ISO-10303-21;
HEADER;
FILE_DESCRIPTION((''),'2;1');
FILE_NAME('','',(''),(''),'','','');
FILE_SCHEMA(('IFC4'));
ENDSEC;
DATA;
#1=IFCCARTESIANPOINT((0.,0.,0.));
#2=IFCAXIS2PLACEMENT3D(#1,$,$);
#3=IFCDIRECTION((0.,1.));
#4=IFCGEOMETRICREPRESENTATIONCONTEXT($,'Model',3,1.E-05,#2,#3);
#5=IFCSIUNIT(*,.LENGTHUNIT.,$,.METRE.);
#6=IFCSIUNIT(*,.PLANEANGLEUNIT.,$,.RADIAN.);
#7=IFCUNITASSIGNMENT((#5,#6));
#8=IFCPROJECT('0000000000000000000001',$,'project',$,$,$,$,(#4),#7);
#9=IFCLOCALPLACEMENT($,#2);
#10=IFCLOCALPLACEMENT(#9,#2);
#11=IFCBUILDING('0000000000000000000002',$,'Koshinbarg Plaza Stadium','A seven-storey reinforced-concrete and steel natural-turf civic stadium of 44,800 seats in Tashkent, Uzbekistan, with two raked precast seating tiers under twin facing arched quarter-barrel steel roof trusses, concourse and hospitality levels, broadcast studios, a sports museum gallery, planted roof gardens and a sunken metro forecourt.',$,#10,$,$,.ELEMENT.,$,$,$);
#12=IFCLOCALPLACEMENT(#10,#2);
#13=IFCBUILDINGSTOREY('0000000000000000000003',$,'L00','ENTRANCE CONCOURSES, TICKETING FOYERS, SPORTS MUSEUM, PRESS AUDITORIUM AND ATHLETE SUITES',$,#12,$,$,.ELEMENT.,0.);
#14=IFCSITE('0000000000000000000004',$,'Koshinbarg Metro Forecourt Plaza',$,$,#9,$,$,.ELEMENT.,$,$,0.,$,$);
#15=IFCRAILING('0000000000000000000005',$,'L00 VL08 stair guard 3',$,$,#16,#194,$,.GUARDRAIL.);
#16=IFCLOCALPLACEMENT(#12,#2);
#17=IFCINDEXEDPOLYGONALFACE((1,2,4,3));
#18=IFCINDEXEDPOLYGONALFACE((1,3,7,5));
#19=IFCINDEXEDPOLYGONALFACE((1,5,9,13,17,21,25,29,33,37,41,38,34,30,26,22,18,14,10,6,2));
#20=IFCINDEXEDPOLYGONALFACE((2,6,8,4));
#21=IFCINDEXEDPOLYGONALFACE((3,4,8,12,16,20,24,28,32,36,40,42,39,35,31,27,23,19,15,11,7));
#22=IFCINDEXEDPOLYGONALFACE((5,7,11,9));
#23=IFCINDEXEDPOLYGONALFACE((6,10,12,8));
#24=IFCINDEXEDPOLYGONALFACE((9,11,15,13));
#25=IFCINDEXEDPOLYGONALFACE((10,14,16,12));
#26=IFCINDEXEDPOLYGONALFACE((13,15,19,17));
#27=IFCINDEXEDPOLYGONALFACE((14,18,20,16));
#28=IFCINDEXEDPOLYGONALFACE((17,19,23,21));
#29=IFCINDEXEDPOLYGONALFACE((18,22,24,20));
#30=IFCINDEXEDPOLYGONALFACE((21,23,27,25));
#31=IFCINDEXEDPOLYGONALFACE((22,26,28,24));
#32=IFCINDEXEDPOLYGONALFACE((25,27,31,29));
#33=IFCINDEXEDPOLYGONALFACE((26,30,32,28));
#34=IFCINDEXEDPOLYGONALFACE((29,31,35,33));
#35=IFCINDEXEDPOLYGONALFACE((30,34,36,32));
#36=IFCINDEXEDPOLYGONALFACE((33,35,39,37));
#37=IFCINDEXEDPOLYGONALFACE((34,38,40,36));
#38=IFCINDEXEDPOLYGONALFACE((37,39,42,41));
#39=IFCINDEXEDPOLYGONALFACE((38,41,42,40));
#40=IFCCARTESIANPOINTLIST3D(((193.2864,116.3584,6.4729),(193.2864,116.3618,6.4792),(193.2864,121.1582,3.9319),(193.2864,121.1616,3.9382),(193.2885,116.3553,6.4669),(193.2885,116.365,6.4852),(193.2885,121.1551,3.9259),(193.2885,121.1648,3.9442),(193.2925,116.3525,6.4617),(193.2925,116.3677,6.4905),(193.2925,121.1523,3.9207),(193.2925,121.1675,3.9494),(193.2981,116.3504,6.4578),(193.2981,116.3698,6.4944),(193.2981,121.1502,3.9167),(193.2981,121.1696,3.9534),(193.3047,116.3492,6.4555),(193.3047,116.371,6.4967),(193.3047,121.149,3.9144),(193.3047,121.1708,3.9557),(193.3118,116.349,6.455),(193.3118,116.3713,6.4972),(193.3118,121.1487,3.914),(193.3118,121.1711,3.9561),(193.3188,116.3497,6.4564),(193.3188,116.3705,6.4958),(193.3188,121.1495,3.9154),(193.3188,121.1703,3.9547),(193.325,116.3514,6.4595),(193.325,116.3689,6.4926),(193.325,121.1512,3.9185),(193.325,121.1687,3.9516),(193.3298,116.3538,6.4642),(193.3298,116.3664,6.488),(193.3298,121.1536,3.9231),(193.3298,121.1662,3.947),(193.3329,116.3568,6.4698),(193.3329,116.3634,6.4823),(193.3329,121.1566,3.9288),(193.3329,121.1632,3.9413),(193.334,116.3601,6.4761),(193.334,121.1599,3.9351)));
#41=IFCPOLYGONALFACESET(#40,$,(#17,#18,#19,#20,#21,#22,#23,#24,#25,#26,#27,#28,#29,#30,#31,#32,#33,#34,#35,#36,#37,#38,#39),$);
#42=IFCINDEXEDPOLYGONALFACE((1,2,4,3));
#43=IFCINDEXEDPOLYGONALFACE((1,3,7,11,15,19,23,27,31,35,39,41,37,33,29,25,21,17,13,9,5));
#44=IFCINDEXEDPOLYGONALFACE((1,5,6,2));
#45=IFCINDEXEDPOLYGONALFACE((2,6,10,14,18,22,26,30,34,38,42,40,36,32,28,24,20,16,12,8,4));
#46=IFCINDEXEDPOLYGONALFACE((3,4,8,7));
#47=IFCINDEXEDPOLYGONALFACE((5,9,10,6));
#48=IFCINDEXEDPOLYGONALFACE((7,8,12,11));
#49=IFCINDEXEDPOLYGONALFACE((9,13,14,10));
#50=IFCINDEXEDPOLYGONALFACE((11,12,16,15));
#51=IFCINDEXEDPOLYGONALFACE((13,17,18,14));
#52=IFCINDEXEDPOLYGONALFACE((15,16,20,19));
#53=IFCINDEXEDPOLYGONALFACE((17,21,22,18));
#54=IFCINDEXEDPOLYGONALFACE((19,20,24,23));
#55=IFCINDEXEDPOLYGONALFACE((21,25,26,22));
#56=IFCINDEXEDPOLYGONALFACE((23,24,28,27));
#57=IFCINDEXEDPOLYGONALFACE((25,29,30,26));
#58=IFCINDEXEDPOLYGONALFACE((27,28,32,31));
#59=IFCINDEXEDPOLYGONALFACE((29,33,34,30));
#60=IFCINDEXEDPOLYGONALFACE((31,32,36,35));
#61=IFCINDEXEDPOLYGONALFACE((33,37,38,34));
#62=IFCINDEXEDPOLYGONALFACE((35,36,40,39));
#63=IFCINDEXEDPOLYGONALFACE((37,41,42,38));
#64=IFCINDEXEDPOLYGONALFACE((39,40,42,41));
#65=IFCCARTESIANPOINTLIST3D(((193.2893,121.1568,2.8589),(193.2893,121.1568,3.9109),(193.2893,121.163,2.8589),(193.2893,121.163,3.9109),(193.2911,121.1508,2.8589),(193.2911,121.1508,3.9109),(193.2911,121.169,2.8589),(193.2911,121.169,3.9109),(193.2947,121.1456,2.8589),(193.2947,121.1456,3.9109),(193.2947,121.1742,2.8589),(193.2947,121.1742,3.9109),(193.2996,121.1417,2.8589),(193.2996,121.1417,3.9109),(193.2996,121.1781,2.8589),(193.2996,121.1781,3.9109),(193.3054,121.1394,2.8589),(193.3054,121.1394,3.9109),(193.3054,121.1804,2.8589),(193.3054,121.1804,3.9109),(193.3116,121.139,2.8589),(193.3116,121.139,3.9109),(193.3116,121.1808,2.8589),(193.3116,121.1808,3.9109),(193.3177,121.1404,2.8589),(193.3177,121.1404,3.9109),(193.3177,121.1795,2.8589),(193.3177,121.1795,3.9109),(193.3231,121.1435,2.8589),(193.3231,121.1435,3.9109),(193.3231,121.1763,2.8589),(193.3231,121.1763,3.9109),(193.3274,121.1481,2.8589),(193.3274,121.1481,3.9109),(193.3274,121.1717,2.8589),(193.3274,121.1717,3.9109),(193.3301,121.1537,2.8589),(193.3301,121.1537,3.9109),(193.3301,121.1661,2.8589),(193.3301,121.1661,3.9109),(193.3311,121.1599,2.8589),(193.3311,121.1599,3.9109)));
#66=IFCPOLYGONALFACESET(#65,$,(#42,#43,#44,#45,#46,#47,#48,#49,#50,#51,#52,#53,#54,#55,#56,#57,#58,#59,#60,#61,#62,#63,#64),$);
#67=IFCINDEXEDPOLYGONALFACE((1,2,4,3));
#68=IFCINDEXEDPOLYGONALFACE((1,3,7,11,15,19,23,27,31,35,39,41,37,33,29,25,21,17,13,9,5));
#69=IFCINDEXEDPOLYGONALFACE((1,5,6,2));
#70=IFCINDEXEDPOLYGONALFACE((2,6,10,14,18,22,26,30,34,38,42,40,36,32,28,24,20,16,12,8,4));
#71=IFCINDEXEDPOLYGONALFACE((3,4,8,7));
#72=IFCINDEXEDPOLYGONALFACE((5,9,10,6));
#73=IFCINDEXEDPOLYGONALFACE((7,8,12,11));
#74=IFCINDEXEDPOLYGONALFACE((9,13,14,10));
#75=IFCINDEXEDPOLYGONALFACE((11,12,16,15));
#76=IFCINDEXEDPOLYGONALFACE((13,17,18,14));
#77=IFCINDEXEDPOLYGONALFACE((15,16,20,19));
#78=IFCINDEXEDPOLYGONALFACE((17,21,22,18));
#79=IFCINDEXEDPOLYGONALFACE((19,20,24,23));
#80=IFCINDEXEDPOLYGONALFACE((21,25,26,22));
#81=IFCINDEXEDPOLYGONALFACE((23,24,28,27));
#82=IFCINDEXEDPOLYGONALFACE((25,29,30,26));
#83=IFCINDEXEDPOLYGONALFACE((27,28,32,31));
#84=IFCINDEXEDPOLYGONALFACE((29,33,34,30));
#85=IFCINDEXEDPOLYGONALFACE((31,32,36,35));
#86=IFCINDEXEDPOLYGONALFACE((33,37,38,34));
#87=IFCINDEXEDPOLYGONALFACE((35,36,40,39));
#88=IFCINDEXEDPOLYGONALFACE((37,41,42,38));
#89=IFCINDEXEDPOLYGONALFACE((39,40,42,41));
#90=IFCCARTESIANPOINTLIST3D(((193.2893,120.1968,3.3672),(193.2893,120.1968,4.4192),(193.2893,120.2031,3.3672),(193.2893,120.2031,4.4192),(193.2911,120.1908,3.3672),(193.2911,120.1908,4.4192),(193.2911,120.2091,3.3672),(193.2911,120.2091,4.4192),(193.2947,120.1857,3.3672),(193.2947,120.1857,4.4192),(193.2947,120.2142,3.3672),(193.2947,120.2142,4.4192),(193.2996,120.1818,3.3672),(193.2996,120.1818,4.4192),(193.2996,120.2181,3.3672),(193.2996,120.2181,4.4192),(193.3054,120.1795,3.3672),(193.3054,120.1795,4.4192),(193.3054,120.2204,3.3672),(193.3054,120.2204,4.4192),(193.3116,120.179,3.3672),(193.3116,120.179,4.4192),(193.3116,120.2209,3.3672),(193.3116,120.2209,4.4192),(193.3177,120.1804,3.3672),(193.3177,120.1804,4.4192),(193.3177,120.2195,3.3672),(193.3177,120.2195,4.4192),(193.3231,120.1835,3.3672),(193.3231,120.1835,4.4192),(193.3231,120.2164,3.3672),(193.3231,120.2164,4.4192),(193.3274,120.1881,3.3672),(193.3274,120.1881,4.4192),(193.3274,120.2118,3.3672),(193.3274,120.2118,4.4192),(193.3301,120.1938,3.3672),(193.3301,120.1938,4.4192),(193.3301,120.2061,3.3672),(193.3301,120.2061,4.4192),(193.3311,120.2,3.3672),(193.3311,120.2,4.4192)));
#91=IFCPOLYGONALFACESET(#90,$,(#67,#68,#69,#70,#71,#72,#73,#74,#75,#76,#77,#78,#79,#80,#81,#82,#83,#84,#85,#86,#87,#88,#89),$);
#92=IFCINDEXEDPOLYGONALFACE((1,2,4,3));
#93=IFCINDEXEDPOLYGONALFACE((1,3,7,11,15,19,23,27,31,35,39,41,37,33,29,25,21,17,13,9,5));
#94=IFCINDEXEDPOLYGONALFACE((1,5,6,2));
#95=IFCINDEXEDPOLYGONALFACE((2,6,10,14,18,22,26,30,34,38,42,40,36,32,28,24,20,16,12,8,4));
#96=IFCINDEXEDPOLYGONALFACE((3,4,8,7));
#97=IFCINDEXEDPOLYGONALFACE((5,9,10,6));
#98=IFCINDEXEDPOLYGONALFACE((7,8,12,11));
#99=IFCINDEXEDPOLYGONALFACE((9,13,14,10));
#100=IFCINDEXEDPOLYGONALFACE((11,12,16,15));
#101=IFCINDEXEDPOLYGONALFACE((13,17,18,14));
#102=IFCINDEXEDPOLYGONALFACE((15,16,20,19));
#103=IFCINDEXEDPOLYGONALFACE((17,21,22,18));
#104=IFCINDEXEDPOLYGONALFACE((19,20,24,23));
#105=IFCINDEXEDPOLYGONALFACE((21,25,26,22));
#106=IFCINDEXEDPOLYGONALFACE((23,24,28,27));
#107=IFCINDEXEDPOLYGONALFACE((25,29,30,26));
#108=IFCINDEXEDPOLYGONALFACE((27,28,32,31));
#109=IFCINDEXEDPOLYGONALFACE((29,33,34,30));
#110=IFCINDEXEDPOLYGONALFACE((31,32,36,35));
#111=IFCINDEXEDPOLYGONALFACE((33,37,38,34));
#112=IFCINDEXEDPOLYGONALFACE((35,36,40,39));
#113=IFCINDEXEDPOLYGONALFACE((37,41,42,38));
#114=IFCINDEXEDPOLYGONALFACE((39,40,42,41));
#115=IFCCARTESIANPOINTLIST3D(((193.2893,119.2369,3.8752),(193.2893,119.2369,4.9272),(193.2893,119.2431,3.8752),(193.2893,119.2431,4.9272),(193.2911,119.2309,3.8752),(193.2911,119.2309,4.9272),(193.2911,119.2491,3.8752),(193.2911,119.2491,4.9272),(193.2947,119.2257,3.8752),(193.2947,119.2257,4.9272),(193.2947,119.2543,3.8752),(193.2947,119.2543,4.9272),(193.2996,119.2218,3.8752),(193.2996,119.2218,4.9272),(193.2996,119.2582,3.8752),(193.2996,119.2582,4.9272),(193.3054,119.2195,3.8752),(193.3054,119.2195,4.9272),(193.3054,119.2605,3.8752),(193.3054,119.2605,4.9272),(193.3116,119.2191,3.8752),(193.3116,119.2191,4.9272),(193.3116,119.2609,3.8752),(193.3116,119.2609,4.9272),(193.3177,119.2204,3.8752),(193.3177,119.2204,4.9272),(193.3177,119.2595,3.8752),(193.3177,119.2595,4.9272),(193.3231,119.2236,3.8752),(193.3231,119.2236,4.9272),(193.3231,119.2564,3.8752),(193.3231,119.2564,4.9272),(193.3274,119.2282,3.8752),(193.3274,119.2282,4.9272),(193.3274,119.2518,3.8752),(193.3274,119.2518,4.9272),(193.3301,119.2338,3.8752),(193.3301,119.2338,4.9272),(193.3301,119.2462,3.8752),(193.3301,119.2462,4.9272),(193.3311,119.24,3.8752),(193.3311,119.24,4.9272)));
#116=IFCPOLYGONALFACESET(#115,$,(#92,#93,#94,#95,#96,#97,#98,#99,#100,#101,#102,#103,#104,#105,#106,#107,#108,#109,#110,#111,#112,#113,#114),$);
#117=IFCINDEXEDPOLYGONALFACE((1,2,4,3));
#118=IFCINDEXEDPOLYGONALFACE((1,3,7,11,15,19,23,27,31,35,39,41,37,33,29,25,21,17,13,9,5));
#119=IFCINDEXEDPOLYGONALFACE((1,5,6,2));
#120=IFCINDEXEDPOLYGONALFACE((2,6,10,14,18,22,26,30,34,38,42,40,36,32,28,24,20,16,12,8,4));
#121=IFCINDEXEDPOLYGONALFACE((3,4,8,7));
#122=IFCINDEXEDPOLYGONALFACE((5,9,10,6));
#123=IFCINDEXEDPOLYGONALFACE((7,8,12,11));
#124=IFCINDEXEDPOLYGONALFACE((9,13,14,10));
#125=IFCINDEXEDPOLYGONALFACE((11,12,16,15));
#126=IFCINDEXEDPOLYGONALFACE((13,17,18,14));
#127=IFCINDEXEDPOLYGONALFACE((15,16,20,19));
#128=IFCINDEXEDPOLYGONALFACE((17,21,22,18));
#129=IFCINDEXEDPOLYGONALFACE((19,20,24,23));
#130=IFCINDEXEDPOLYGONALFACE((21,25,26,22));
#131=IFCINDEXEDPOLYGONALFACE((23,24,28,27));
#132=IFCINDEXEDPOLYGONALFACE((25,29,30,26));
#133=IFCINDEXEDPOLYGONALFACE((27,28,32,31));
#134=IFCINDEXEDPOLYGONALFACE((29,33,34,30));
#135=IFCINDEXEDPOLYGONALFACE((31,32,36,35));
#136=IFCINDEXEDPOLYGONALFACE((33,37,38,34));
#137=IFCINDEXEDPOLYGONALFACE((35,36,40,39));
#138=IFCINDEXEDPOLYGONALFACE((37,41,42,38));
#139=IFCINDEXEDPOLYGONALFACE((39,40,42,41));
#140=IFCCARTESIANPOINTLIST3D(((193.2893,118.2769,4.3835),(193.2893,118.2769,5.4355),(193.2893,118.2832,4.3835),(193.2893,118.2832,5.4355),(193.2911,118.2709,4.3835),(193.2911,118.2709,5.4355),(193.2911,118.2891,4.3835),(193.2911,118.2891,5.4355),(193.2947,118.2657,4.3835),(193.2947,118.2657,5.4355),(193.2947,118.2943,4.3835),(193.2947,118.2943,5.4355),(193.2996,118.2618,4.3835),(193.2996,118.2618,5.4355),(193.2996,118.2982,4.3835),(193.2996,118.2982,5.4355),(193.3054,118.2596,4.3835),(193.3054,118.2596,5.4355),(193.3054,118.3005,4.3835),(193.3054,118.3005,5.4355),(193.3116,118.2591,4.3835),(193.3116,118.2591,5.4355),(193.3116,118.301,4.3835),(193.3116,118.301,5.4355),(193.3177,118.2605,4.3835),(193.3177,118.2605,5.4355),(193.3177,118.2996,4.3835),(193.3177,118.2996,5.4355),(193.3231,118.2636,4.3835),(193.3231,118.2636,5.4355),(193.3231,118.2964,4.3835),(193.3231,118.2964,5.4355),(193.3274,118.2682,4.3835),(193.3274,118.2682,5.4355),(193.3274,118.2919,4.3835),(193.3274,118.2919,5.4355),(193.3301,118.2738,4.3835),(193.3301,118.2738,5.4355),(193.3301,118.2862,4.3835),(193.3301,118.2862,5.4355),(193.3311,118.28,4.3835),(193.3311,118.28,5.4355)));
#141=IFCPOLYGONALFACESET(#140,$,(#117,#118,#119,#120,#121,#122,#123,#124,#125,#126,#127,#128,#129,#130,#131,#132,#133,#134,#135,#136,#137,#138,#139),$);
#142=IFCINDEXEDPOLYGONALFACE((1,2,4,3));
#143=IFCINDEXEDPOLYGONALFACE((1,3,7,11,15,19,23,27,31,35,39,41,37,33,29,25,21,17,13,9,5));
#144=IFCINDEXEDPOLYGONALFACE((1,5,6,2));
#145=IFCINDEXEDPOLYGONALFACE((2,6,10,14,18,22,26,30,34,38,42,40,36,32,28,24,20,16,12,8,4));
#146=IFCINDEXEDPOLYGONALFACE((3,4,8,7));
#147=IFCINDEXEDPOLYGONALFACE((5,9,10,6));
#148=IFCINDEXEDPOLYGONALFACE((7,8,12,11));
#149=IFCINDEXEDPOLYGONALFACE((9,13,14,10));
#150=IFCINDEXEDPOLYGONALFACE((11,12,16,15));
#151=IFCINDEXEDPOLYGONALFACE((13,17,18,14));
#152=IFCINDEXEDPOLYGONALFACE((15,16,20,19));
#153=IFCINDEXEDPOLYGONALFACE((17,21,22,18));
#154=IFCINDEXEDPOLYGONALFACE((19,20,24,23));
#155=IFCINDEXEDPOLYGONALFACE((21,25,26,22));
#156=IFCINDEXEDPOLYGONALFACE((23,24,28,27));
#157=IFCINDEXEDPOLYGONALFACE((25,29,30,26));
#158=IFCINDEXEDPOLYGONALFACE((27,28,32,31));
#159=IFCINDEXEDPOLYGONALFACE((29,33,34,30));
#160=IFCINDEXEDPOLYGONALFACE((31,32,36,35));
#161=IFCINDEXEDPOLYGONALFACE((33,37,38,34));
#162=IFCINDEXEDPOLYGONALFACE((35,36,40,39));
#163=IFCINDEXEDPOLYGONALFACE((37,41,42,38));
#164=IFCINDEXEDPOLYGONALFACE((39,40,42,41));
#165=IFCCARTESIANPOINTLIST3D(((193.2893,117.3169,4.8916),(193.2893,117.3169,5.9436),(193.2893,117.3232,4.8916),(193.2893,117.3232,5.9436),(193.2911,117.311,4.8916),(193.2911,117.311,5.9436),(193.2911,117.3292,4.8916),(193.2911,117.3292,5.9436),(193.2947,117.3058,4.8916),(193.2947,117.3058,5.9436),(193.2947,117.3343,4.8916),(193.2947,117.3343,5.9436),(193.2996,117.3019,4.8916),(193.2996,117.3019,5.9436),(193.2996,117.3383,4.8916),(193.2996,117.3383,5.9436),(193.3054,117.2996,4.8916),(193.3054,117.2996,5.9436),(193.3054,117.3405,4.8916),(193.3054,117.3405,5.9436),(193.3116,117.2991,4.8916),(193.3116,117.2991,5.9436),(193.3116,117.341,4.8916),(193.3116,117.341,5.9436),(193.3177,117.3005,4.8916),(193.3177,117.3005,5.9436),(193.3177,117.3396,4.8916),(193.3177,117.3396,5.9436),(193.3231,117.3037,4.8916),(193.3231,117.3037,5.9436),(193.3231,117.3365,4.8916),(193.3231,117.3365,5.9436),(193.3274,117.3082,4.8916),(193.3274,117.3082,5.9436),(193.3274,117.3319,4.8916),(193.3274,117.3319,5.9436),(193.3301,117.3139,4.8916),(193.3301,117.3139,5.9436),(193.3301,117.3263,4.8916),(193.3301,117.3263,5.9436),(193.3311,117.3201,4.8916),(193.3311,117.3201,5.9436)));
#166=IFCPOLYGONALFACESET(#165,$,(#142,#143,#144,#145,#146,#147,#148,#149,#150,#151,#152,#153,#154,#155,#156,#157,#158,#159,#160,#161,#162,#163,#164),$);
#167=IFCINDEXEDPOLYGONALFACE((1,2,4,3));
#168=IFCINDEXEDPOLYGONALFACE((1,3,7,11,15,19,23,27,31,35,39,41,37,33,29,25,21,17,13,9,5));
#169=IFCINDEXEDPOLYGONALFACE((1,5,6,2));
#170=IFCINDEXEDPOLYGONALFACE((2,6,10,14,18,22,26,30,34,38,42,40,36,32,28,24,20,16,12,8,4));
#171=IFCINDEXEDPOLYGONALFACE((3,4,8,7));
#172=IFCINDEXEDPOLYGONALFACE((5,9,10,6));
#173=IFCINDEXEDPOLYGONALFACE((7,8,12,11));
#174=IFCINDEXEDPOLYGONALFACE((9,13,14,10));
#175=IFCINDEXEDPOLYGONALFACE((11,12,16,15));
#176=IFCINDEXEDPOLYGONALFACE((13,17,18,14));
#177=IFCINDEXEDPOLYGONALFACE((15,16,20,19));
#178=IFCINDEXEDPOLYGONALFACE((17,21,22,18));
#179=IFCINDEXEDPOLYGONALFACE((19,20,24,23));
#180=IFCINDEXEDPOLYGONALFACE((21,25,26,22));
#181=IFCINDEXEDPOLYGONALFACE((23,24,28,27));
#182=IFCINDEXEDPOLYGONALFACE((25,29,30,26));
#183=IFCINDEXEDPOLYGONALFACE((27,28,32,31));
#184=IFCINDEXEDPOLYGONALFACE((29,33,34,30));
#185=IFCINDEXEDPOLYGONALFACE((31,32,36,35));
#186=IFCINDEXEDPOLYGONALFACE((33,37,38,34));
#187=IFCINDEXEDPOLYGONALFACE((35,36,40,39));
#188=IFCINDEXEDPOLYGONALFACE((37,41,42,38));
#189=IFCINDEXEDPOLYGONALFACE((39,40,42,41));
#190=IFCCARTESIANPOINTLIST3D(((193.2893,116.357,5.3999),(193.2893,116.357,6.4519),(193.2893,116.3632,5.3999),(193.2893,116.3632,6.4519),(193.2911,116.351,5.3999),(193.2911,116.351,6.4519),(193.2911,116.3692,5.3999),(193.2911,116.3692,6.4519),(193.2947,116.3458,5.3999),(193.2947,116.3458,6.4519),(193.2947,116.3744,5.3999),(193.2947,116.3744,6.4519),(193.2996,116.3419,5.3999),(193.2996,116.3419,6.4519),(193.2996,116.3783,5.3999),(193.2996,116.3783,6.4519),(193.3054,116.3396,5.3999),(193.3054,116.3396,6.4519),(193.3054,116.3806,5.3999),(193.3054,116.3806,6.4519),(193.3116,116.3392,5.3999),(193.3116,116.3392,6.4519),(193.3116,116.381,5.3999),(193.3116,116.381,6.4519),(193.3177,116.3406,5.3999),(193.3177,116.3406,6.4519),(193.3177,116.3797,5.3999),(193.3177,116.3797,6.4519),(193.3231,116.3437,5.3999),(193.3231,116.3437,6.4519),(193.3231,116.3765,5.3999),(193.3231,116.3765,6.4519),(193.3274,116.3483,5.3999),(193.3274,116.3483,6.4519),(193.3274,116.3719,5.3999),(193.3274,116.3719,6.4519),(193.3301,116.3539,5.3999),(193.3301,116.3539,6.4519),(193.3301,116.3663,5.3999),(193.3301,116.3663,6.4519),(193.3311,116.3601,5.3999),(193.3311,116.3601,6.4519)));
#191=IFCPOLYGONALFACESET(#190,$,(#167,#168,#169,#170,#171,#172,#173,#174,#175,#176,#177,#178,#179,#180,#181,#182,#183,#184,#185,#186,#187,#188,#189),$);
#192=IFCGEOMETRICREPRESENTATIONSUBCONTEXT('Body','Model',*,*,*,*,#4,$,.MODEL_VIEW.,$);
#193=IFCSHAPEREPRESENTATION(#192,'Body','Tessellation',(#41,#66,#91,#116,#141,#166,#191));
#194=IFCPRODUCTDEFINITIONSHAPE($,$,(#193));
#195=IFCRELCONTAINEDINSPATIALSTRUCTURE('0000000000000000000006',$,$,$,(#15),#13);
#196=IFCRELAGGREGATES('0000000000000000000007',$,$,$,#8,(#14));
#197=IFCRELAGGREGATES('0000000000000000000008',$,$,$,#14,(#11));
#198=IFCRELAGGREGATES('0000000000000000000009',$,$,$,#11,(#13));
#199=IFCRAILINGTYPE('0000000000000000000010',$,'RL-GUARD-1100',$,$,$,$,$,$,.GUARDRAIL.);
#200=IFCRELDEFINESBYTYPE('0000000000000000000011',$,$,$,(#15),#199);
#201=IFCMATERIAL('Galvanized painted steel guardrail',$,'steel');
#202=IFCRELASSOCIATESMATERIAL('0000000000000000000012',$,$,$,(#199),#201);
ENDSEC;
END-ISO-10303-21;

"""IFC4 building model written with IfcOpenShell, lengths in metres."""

from ifc_helpers import new_model, si_unit, direction, frame, origin, origin_2d, place, context, subcontext, project, spatial, circle, extrude, material, type_object, element, save


model = new_model("IFC4")

# Units and contexts
model_context = context("Model", 3, precision=1e-05, world=origin(), true_north=direction((0.0, 1.0)))
body_context = subcontext(model_context, "Body", "Model", "MODEL_VIEW")
ifc_project = project(units=[si_unit("LENGTHUNIT", "METRE"), si_unit("PLANEANGLEUNIT", "RADIAN")], contexts=[model_context])

# Site, building, storey
site_placement = place(None, origin())
site = spatial("IfcSite", under=ifc_project, at=site_placement, Name="Koshinbarg Metro Forecourt Plaza", CompositionType="ELEMENT", RefElevation=0.0)
building_placement = place(site_placement, origin())
building = spatial("IfcBuilding", under=site, at=building_placement, Name="Koshinbarg Plaza Stadium", Description="A seven-storey reinforced-concrete and steel natural-turf civic stadium of 44,800 seats in Tashkent, Uzbekistan, with two raked precast seating tiers under twin facing arched quarter-barrel steel roof trusses, concourse and hospitality levels, broadcast studios, a sports museum gallery, planted roof gardens and a sunken metro forecourt.", CompositionType="ELEMENT")
storey_placement = place(building_placement, origin())
storey = spatial("IfcBuildingStorey", under=building, at=storey_placement, Name="L00", Description="ENTRANCE CONCOURSES, TICKETING FOYERS, SPORTS MUSEUM, PRESS AUDITORIUM AND ATHLETE SUITES", CompositionType="ELEMENT", Elevation=0.0)

# Railing
ifc_material_1 = material(Name="Galvanized painted steel guardrail", Category="steel")
railing_type_1 = type_object("IfcRailingType", Name="RL-GUARD-1100", PredefinedType="GUARDRAIL", material=ifc_material_1)
railing_1_placement = place(storey_placement, frame((193.3101, 121.1599, 2.8589)))
element("IfcRailing", 1, at=railing_1_placement, inside=storey, type_object=railing_type_1, Name="L00 VL08 stair guard 3", PredefinedType="GUARDRAIL", context=body_context, shape_type="SweptSolid", body=[
    extrude(circle(Radius=0.0239, at=origin_2d()), frame((0.0, 0.0, 1.0762), z_axis=(0.0, -0.883792, 0.467879), x_axis=(1.0, 0.0, 0.0)), (0.0, 0.0, 1.0), 5.4309),
    extrude(circle(Radius=0.021, at=origin_2d()), origin(), (0.0, 0.0, 1.0), 1.052),
    extrude(circle(Radius=0.021, at=origin_2d()), frame((0.0, -0.96, 0.5083)), (0.0, 0.0, 1.0), 1.052),
    extrude(circle(Radius=0.021, at=origin_2d()), frame((0.0, -1.9199, 1.0164)), (0.0, 0.0, 1.0), 1.052),
    extrude(circle(Radius=0.021, at=origin_2d()), frame((0.0, -2.8799, 1.5247)), (0.0, 0.0, 1.0), 1.052),
    extrude(circle(Radius=0.021, at=origin_2d()), frame((0.0, -3.8398, 2.0327)), (0.0, 0.0, 1.0), 1.052),
    extrude(circle(Radius=0.021, at=origin_2d()), frame((0.0, -4.7998, 2.541)), (0.0, 0.0, 1.0), 1.052),
])

save(model, "model.ifc")
